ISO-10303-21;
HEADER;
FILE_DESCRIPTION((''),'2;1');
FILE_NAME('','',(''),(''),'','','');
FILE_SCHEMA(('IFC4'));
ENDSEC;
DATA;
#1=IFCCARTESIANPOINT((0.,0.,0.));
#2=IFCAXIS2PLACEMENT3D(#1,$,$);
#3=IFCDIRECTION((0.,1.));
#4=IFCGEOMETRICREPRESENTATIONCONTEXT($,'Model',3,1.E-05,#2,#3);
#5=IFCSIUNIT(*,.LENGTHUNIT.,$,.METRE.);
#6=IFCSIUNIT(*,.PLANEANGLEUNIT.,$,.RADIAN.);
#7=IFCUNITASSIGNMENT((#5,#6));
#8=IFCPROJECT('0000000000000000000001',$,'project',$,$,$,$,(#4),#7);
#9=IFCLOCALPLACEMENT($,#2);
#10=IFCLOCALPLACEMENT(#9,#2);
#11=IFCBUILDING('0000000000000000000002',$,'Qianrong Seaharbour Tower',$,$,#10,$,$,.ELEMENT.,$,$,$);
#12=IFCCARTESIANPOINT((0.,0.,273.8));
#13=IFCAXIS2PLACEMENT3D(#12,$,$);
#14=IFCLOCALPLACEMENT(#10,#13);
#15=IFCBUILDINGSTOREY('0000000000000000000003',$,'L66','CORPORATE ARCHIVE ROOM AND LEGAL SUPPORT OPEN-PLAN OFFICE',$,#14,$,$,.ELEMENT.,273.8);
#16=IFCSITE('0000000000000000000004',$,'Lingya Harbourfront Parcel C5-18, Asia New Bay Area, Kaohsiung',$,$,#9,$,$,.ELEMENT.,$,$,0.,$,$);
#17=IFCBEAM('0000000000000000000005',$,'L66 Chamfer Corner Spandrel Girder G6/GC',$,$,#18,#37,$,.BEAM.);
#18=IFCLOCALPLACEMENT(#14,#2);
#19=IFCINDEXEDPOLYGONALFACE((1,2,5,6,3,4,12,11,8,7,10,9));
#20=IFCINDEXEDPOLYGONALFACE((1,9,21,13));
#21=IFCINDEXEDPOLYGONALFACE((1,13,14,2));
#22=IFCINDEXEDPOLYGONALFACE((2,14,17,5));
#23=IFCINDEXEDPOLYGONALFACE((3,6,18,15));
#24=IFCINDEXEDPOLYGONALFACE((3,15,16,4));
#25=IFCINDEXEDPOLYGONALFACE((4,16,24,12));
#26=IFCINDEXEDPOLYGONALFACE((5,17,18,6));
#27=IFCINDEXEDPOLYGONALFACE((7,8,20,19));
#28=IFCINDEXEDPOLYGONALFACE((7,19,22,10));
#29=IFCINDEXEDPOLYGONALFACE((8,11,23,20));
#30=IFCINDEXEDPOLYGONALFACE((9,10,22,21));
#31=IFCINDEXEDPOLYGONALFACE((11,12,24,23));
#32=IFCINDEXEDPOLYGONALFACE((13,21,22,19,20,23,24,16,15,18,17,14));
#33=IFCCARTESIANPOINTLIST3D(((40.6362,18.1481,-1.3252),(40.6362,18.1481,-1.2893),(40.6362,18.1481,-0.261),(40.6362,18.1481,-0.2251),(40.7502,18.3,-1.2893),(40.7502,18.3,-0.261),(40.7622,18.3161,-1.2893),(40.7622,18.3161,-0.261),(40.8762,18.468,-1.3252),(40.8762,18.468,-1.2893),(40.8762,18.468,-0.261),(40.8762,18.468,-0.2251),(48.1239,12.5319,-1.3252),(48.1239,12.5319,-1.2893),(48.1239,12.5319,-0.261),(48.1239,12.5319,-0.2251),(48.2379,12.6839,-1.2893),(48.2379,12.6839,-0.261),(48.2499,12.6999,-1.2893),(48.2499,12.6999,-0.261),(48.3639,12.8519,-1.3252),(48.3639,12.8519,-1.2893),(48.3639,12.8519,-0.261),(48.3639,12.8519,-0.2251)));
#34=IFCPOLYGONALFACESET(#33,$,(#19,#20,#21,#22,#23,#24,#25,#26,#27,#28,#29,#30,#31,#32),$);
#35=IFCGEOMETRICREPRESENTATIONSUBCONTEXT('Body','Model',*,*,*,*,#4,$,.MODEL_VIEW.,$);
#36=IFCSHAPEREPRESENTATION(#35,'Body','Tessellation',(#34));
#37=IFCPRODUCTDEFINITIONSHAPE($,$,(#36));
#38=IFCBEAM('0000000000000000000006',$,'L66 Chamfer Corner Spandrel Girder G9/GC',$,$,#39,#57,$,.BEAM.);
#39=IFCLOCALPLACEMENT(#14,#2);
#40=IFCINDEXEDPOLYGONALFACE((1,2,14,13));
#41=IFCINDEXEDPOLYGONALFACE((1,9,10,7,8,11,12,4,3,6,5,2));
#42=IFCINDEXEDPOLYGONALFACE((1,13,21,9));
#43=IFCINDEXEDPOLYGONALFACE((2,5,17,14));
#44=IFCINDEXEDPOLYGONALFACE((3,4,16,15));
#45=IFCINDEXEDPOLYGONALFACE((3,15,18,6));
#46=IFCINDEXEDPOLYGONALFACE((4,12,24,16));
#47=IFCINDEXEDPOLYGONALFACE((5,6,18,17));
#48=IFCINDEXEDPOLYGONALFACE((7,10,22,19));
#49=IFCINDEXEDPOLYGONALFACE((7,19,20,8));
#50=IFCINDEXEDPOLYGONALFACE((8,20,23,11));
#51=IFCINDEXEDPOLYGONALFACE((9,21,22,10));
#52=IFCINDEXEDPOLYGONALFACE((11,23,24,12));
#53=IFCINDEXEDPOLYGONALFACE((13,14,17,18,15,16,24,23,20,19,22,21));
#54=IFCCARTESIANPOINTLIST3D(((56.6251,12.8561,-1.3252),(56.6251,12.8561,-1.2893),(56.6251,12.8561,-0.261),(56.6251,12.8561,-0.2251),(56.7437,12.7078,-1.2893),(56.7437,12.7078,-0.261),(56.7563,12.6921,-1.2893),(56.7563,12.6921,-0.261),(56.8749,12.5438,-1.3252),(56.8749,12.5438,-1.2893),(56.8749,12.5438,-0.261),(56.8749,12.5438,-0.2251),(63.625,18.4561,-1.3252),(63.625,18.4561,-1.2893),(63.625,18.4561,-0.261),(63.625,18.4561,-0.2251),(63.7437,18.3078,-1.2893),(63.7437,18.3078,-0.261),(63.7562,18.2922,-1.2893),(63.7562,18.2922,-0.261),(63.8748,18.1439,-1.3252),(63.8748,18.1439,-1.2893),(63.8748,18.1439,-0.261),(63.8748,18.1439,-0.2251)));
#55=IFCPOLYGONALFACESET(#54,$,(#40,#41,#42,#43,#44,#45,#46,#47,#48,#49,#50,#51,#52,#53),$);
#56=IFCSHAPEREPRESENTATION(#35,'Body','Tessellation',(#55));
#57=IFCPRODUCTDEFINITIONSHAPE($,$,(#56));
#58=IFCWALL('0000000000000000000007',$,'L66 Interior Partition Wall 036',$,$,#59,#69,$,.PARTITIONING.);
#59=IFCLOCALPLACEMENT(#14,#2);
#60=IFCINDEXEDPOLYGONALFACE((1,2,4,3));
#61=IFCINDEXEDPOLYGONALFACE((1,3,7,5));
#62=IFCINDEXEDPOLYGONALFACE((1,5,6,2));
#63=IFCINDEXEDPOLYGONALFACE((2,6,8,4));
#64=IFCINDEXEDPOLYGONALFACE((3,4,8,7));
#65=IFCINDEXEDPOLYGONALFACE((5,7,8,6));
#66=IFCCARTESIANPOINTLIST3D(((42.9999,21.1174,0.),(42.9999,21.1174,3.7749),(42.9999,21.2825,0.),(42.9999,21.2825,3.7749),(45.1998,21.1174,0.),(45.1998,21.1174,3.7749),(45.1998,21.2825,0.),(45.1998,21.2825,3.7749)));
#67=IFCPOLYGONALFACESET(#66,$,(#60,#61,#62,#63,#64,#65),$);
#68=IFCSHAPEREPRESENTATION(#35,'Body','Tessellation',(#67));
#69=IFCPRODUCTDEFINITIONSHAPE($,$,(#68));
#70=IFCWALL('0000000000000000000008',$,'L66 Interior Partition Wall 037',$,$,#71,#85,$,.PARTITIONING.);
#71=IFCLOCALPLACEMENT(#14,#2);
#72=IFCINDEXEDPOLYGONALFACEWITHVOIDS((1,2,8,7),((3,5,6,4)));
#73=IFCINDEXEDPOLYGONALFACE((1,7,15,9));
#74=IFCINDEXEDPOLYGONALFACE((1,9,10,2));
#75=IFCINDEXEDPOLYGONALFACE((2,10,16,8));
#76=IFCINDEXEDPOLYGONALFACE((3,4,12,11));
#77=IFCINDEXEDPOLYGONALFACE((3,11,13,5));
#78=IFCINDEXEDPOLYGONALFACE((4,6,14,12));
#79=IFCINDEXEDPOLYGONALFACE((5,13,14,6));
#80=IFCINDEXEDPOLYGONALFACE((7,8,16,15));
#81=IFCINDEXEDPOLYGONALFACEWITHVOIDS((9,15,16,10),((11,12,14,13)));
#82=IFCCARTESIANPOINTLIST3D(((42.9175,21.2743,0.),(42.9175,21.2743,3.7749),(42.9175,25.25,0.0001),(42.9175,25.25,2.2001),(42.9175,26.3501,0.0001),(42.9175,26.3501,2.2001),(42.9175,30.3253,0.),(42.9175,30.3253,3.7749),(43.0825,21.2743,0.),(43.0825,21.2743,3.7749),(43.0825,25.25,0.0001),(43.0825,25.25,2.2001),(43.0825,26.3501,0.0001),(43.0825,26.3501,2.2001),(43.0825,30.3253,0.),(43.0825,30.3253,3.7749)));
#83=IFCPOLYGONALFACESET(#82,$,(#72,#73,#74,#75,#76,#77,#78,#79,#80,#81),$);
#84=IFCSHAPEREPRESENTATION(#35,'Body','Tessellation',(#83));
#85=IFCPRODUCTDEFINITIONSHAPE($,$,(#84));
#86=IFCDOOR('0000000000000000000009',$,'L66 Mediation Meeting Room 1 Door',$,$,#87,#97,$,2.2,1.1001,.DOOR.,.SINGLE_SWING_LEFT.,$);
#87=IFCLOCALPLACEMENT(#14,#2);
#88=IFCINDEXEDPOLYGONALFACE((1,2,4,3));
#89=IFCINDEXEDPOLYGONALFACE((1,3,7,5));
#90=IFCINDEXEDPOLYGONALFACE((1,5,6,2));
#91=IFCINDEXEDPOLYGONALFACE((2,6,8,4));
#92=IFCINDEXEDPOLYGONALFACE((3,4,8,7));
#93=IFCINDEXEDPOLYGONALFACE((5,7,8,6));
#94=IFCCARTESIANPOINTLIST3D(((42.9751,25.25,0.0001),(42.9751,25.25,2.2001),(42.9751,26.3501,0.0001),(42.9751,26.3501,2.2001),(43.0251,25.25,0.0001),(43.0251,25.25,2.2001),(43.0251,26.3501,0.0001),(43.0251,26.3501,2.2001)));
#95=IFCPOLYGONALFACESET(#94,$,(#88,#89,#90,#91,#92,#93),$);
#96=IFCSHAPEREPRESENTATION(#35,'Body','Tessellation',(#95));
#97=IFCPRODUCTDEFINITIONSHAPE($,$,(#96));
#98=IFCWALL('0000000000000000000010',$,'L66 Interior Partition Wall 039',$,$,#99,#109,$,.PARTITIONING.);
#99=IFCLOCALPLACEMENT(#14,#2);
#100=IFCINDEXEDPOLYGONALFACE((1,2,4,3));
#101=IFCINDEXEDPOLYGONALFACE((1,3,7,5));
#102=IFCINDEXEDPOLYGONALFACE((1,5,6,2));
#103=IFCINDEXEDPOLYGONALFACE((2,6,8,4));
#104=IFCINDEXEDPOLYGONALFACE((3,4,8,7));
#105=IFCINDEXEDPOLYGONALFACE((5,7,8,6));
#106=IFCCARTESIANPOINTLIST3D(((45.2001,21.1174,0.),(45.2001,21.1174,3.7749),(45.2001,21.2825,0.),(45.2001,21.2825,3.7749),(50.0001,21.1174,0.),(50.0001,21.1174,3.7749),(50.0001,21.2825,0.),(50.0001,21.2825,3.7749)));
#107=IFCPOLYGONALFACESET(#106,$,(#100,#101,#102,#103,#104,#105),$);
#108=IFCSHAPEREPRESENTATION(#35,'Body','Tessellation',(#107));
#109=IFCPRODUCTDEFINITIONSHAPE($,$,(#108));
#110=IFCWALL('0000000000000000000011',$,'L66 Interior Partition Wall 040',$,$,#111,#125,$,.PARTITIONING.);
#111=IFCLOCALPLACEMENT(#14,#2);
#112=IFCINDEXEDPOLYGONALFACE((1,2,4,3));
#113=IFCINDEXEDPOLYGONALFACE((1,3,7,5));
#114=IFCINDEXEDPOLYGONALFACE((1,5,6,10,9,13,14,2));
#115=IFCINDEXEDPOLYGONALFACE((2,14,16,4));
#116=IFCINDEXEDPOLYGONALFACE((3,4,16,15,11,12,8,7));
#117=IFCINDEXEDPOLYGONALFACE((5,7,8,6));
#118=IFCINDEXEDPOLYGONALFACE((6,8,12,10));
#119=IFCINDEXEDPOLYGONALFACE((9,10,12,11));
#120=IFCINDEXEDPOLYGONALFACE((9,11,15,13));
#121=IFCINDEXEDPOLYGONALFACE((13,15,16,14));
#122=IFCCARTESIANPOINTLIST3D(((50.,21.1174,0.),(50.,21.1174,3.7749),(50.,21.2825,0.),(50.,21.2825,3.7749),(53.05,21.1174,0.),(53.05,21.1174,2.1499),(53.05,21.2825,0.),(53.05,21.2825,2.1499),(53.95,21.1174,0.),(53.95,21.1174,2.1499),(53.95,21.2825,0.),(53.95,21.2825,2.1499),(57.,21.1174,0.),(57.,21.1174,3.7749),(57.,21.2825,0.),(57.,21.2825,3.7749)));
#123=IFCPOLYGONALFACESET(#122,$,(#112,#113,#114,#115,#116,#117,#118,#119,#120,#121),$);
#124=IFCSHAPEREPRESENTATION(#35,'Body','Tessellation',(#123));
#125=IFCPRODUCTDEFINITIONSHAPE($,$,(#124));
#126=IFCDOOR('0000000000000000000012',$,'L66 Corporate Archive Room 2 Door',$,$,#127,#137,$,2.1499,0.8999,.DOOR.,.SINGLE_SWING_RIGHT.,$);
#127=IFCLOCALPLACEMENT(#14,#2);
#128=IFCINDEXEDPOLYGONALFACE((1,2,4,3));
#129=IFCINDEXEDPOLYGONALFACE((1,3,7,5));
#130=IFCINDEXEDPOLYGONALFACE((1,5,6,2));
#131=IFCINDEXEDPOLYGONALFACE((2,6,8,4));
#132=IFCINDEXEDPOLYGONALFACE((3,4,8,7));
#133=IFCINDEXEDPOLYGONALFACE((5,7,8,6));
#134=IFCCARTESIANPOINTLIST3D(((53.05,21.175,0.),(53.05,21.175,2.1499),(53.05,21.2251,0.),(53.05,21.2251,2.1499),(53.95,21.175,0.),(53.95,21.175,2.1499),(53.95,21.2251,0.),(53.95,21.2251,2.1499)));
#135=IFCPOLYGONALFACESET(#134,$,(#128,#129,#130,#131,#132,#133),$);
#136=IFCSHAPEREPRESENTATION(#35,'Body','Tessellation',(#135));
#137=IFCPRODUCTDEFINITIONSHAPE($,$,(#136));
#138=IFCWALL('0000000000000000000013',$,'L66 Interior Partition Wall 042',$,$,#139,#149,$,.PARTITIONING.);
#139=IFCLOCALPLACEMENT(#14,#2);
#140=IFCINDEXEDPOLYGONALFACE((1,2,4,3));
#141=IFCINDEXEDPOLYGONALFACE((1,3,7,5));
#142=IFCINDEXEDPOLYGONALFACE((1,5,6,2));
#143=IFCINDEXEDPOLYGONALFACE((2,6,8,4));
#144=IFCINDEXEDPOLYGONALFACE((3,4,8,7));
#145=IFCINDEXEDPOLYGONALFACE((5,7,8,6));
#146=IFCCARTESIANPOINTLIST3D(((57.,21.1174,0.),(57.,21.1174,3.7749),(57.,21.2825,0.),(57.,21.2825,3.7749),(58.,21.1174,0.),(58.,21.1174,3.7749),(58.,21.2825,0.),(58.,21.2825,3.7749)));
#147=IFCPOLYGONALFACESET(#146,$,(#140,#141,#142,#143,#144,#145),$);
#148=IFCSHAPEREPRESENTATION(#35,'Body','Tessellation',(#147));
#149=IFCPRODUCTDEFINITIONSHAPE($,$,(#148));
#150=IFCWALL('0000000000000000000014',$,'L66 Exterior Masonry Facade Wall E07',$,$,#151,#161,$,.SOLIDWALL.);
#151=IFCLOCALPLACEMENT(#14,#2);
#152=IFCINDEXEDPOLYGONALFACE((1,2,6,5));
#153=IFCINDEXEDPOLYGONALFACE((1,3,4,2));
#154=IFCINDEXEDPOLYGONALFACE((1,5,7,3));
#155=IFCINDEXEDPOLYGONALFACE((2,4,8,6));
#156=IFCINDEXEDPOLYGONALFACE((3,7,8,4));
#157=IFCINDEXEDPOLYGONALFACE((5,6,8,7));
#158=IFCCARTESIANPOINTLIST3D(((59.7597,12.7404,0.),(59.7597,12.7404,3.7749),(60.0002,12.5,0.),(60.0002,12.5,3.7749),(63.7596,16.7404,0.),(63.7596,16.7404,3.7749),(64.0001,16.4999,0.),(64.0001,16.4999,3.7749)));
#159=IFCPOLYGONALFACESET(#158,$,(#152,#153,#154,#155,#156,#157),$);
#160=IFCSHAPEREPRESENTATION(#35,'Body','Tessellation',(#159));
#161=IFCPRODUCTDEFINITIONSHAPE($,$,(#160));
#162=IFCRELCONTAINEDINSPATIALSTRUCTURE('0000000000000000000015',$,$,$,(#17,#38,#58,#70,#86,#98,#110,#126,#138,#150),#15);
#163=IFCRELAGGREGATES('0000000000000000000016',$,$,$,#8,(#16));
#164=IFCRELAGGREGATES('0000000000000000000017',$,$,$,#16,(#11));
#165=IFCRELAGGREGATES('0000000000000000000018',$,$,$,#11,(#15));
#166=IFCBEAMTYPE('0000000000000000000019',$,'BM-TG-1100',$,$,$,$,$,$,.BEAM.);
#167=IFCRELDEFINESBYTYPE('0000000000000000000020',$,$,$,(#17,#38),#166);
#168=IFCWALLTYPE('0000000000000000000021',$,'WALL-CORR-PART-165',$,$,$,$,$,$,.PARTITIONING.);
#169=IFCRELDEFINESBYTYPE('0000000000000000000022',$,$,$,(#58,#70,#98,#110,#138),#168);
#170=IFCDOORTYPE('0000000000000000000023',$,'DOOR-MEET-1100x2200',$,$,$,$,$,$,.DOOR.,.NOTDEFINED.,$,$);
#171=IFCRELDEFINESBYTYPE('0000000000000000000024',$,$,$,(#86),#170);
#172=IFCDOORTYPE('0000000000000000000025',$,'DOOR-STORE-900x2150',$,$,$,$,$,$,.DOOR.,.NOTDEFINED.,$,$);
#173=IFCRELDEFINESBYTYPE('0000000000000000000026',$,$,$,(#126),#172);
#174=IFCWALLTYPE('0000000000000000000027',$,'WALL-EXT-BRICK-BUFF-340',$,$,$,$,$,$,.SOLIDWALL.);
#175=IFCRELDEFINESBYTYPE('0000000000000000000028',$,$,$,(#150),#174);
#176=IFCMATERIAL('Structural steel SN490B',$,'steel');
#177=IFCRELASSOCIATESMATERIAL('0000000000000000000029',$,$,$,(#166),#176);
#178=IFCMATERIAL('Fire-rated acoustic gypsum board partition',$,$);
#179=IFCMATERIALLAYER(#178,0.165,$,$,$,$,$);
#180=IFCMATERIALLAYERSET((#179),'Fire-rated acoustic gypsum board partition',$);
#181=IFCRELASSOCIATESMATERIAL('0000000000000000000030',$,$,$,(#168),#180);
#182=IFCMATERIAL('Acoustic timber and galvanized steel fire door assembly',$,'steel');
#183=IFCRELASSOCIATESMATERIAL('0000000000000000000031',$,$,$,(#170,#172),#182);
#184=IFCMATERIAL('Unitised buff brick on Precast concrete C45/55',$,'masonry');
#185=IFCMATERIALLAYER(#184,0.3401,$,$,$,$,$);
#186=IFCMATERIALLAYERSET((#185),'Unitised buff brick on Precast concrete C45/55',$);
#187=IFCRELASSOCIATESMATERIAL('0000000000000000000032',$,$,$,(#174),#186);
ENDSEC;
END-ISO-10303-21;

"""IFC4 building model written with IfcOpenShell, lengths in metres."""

from ifc_helpers import new_model, si_unit, direction, frame, frame_2d, origin, origin_2d, place, context, subcontext, project, spatial, rectangle, i_section, extrude, material, layer, layer_set, material_profile, profile_set, type_object, element, fill, save


model = new_model("IFC4")

# Units and contexts
model_context = context("Model", 3, precision=1e-05, world=origin(), true_north=direction((0.0, 1.0)))
body_context = subcontext(model_context, "Body", "Model", "MODEL_VIEW")
ifc_project = project(units=[si_unit("LENGTHUNIT", "METRE"), si_unit("PLANEANGLEUNIT", "RADIAN")], contexts=[model_context])

# Site, building, storey
site_placement = place(None, origin())
site = spatial("IfcSite", under=ifc_project, at=site_placement, Name="Lingya Harbourfront Parcel C5-18, Asia New Bay Area, Kaohsiung", CompositionType="ELEMENT", RefElevation=0.0)
building_placement = place(site_placement, origin())
building = spatial("IfcBuilding", under=site, at=building_placement, Name="Qianrong Seaharbour Tower", CompositionType="ELEMENT")
storey_placement = place(building_placement, frame((0.0, 0.0, 273.8)))
storey = spatial("IfcBuildingStorey", under=building, at=storey_placement, Name="L66", Description="CORPORATE ARCHIVE ROOM AND LEGAL SUPPORT OPEN-PLAN OFFICE", CompositionType="ELEMENT", Elevation=273.8)

# Shared definitions
ifc_material_1 = material(Name="Structural steel SN490B", Category="steel")

# Beams
ifc_material_profile_1 = material_profile(ifc_material_1, i_section(OverallWidth=0.3999, OverallDepth=1.1001, WebThickness=0.02, FlangeThickness=0.0359, at=origin_2d()), Name="BH1100x400x20x36")
ifc_profile_set_1 = profile_set([ifc_material_profile_1], Name="Structural steel SN490B")
beam_type_1 = type_object("IfcBeamType", Name="BM-TG-1100", PredefinedType="BEAM", material=ifc_profile_set_1)
beam_1_placement = place(storey_placement, frame((48.2439, 12.6919, -0.7751), z_axis=(-0.799981, 0.600025, 0.0), x_axis=(-0.600025, -0.799981, 0.0)))
element("IfcBeam", 1, at=beam_1_placement, inside=storey, type_object=beam_type_1, Name="L66 Chamfer Corner Spandrel Girder G6/GC", PredefinedType="BEAM", context=body_context, shape_type="SweptSolid", body=[
    extrude(i_section(OverallWidth=0.3999, OverallDepth=1.1001, WebThickness=0.02, FlangeThickness=0.0359, at=origin_2d()), origin(), (0.0, 0.0, 1.0), 9.3599),
])
beam_2_placement = place(storey_placement, frame((56.75, 12.7, -0.7751), z_axis=(0.780863, 0.624702, 0.0), x_axis=(-0.624702, 0.780863, 0.0)))
element("IfcBeam", 2, at=beam_2_placement, inside=storey, type_object=beam_type_1, Name="L66 Chamfer Corner Spandrel Girder G9/GC", PredefinedType="BEAM", context=body_context, shape_type="SweptSolid", body=[
    extrude(i_section(OverallWidth=0.3999, OverallDepth=1.1001, WebThickness=0.02, FlangeThickness=0.0359, at=origin_2d()), origin(), (0.0, 0.0, 1.0), 8.9644),
])

# Wall
ifc_material_2 = material(Name="Fire-rated acoustic gypsum board partition")
ifc_layer_1 = layer(ifc_material_2, 0.165)
ifc_layer_set_1 = layer_set([ifc_layer_1], Name="Fire-rated acoustic gypsum board partition")
wall_type_1 = type_object("IfcWallType", Name="WALL-CORR-PART-165", PredefinedType="PARTITIONING", material=ifc_layer_set_1)
wall_1_placement = place(storey_placement, frame((45.2, 21.2, 0.0), z_axis=(0.0, 0.0, 1.0), x_axis=(-1.0, 0.0, 0.0)))
element("IfcWall", 3, at=wall_1_placement, inside=storey, type_object=wall_type_1, Name="L66 Interior Partition Wall 036", PredefinedType="PARTITIONING", context=body_context, shape_type="SweptSolid", body=[
    extrude(rectangle(XDim=2.2, YDim=0.165, at=frame_2d((1.1001, 0.0))), origin(), (0.0, 0.0, 1.0), 3.7749),
])

# Wall, opening, door
wall_2_placement = place(storey_placement, frame((43.0, 21.2744, 0.0), z_axis=(0.0, 0.0, 1.0), x_axis=(0.0, 1.0, 0.0)))
wall_2 = element("IfcWall", 4, at=wall_2_placement, inside=storey, type_object=wall_type_1, Name="L66 Interior Partition Wall 037", PredefinedType="PARTITIONING", context=body_context, shape_type="SweptSolid", body=[
    extrude(rectangle(XDim=9.051, YDim=0.165, at=frame_2d((4.5254, 0.0))), origin(), (0.0, 0.0, 1.0), 3.7749),
])
opening_1_placement = place(wall_2_placement, frame((3.9756, 0.0, 0.0)))
opening_1 = element("IfcOpeningElement", 5, at=opening_1_placement, cuts=wall_2, PredefinedType="OPENING", context=body_context, shape_type="SweptSolid", body=[
    extrude(rectangle(XDim=1.1001, YDim=2.2, at=frame_2d((0.55, 1.1001))), frame((0.0, 0.0925, 0.0), z_axis=(0.0, -1.0, 0.0), x_axis=(1.0, 0.0, 0.0)), (0.0, 0.0, 1.0), 0.1851),
])
ifc_material_3 = material(Name="Acoustic timber and galvanized steel fire door assembly", Category="steel")
door_type_1 = type_object("IfcDoorType", Name="DOOR-MEET-1100x2200", OperationType="NOTDEFINED", PredefinedType="DOOR", material=ifc_material_3)
door_1_placement = place(opening_1_placement, origin())
door_1 = element("IfcDoor", 6, at=door_1_placement, inside=storey, type_object=door_type_1, Name="L66 Mediation Meeting Room 1 Door", OperationType="SINGLE_SWING_LEFT", OverallHeight=2.2, OverallWidth=1.1001, PredefinedType="DOOR", context=body_context, shape_type="SweptSolid", body=[
    extrude(rectangle(XDim=1.1001, YDim=2.2, at=frame_2d((0.55, 1.1001))), frame((0.0, 0.0249, 0.0), z_axis=(0.0, -1.0, 0.0), x_axis=(1.0, 0.0, 0.0)), (0.0, 0.0, 1.0), 0.05),
])
fill(opening_1, door_1)

# Wall
wall_3_placement = place(storey_placement, frame((50.0, 21.2, 0.0), z_axis=(0.0, 0.0, 1.0), x_axis=(-1.0, 0.0, 0.0)))
element("IfcWall", 7, at=wall_3_placement, inside=storey, type_object=wall_type_1, Name="L66 Interior Partition Wall 039", PredefinedType="PARTITIONING", context=body_context, shape_type="SweptSolid", body=[
    extrude(rectangle(XDim=4.8, YDim=0.165, at=frame_2d((2.3999, 0.0))), origin(), (0.0, 0.0, 1.0), 3.7749),
])

# Wall, opening, door
wall_4_placement = place(storey_placement, frame((57.0, 21.2, 0.0), z_axis=(0.0, 0.0, 1.0), x_axis=(-1.0, 0.0, 0.0)))
wall_4 = element("IfcWall", 8, at=wall_4_placement, inside=storey, type_object=wall_type_1, Name="L66 Interior Partition Wall 040", PredefinedType="PARTITIONING", context=body_context, shape_type="SweptSolid", body=[
    extrude(rectangle(XDim=7.0, YDim=0.165, at=frame_2d((3.5, 0.0))), origin(), (0.0, 0.0, 1.0), 3.7749),
])
opening_2_placement = place(wall_4_placement, frame((3.05, 0.0, 0.0)))
opening_2 = element("IfcOpeningElement", 9, at=opening_2_placement, cuts=wall_4, PredefinedType="OPENING", context=body_context, shape_type="SweptSolid", body=[
    extrude(rectangle(XDim=0.8999, YDim=2.1499, at=frame_2d((0.45, 1.075))), frame((0.0, 0.0925, 0.0), z_axis=(0.0, -1.0, 0.0), x_axis=(1.0, 0.0, 0.0)), (0.0, 0.0, 1.0), 0.1851),
])
door_type_2 = type_object("IfcDoorType", Name="DOOR-STORE-900x2150", OperationType="NOTDEFINED", PredefinedType="DOOR", material=ifc_material_3)
door_2_placement = place(opening_2_placement, origin())
door_2 = element("IfcDoor", 10, at=door_2_placement, inside=storey, type_object=door_type_2, Name="L66 Corporate Archive Room 2 Door", OperationType="SINGLE_SWING_RIGHT", OverallHeight=2.1499, OverallWidth=0.8999, PredefinedType="DOOR", context=body_context, shape_type="SweptSolid", body=[
    extrude(rectangle(XDim=0.8999, YDim=2.1499, at=frame_2d((0.45, 1.075))), frame((0.0, 0.0249, 0.0), z_axis=(0.0, -1.0, 0.0), x_axis=(1.0, 0.0, 0.0)), (0.0, 0.0, 1.0), 0.05),
])
fill(opening_2, door_2)

# Walls
wall_5_placement = place(storey_placement, frame((58.0, 21.2, 0.0), z_axis=(0.0, 0.0, 1.0), x_axis=(-1.0, 0.0, 0.0)))
element("IfcWall", 11, at=wall_5_placement, inside=storey, type_object=wall_type_1, Name="L66 Interior Partition Wall 042", PredefinedType="PARTITIONING", context=body_context, shape_type="SweptSolid", body=[
    extrude(rectangle(XDim=1.0, YDim=0.165, at=frame_2d((0.5, 0.0))), origin(), (0.0, 0.0, 1.0), 3.7749),
])
ifc_material_4 = material(Name="Unitised buff brick on Precast concrete C45/55", Category="masonry")
ifc_layer_2 = layer(ifc_material_4, 0.3401)
ifc_layer_set_2 = layer_set([ifc_layer_2], Name="Unitised buff brick on Precast concrete C45/55")
wall_type_2 = type_object("IfcWallType", Name="WALL-EXT-BRICK-BUFF-340", PredefinedType="SOLIDWALL", material=ifc_layer_set_2)
wall_6_placement = place(storey_placement, frame((63.8799, 16.6201, 0.0), z_axis=(0.0, 0.0, 1.0), x_axis=(-0.707107, -0.707107, 0.0)))
element("IfcWall", 12, at=wall_6_placement, inside=storey, type_object=wall_type_2, Name="L66 Exterior Masonry Facade Wall E07", PredefinedType="SOLIDWALL", context=body_context, shape_type="SweptSolid", body=[
    extrude(rectangle(XDim=5.6567, YDim=0.3401, at=frame_2d((2.8284, 0.0))), origin(), (0.0, 0.0, 1.0), 3.7749),
])

save(model, "model.ifc")
